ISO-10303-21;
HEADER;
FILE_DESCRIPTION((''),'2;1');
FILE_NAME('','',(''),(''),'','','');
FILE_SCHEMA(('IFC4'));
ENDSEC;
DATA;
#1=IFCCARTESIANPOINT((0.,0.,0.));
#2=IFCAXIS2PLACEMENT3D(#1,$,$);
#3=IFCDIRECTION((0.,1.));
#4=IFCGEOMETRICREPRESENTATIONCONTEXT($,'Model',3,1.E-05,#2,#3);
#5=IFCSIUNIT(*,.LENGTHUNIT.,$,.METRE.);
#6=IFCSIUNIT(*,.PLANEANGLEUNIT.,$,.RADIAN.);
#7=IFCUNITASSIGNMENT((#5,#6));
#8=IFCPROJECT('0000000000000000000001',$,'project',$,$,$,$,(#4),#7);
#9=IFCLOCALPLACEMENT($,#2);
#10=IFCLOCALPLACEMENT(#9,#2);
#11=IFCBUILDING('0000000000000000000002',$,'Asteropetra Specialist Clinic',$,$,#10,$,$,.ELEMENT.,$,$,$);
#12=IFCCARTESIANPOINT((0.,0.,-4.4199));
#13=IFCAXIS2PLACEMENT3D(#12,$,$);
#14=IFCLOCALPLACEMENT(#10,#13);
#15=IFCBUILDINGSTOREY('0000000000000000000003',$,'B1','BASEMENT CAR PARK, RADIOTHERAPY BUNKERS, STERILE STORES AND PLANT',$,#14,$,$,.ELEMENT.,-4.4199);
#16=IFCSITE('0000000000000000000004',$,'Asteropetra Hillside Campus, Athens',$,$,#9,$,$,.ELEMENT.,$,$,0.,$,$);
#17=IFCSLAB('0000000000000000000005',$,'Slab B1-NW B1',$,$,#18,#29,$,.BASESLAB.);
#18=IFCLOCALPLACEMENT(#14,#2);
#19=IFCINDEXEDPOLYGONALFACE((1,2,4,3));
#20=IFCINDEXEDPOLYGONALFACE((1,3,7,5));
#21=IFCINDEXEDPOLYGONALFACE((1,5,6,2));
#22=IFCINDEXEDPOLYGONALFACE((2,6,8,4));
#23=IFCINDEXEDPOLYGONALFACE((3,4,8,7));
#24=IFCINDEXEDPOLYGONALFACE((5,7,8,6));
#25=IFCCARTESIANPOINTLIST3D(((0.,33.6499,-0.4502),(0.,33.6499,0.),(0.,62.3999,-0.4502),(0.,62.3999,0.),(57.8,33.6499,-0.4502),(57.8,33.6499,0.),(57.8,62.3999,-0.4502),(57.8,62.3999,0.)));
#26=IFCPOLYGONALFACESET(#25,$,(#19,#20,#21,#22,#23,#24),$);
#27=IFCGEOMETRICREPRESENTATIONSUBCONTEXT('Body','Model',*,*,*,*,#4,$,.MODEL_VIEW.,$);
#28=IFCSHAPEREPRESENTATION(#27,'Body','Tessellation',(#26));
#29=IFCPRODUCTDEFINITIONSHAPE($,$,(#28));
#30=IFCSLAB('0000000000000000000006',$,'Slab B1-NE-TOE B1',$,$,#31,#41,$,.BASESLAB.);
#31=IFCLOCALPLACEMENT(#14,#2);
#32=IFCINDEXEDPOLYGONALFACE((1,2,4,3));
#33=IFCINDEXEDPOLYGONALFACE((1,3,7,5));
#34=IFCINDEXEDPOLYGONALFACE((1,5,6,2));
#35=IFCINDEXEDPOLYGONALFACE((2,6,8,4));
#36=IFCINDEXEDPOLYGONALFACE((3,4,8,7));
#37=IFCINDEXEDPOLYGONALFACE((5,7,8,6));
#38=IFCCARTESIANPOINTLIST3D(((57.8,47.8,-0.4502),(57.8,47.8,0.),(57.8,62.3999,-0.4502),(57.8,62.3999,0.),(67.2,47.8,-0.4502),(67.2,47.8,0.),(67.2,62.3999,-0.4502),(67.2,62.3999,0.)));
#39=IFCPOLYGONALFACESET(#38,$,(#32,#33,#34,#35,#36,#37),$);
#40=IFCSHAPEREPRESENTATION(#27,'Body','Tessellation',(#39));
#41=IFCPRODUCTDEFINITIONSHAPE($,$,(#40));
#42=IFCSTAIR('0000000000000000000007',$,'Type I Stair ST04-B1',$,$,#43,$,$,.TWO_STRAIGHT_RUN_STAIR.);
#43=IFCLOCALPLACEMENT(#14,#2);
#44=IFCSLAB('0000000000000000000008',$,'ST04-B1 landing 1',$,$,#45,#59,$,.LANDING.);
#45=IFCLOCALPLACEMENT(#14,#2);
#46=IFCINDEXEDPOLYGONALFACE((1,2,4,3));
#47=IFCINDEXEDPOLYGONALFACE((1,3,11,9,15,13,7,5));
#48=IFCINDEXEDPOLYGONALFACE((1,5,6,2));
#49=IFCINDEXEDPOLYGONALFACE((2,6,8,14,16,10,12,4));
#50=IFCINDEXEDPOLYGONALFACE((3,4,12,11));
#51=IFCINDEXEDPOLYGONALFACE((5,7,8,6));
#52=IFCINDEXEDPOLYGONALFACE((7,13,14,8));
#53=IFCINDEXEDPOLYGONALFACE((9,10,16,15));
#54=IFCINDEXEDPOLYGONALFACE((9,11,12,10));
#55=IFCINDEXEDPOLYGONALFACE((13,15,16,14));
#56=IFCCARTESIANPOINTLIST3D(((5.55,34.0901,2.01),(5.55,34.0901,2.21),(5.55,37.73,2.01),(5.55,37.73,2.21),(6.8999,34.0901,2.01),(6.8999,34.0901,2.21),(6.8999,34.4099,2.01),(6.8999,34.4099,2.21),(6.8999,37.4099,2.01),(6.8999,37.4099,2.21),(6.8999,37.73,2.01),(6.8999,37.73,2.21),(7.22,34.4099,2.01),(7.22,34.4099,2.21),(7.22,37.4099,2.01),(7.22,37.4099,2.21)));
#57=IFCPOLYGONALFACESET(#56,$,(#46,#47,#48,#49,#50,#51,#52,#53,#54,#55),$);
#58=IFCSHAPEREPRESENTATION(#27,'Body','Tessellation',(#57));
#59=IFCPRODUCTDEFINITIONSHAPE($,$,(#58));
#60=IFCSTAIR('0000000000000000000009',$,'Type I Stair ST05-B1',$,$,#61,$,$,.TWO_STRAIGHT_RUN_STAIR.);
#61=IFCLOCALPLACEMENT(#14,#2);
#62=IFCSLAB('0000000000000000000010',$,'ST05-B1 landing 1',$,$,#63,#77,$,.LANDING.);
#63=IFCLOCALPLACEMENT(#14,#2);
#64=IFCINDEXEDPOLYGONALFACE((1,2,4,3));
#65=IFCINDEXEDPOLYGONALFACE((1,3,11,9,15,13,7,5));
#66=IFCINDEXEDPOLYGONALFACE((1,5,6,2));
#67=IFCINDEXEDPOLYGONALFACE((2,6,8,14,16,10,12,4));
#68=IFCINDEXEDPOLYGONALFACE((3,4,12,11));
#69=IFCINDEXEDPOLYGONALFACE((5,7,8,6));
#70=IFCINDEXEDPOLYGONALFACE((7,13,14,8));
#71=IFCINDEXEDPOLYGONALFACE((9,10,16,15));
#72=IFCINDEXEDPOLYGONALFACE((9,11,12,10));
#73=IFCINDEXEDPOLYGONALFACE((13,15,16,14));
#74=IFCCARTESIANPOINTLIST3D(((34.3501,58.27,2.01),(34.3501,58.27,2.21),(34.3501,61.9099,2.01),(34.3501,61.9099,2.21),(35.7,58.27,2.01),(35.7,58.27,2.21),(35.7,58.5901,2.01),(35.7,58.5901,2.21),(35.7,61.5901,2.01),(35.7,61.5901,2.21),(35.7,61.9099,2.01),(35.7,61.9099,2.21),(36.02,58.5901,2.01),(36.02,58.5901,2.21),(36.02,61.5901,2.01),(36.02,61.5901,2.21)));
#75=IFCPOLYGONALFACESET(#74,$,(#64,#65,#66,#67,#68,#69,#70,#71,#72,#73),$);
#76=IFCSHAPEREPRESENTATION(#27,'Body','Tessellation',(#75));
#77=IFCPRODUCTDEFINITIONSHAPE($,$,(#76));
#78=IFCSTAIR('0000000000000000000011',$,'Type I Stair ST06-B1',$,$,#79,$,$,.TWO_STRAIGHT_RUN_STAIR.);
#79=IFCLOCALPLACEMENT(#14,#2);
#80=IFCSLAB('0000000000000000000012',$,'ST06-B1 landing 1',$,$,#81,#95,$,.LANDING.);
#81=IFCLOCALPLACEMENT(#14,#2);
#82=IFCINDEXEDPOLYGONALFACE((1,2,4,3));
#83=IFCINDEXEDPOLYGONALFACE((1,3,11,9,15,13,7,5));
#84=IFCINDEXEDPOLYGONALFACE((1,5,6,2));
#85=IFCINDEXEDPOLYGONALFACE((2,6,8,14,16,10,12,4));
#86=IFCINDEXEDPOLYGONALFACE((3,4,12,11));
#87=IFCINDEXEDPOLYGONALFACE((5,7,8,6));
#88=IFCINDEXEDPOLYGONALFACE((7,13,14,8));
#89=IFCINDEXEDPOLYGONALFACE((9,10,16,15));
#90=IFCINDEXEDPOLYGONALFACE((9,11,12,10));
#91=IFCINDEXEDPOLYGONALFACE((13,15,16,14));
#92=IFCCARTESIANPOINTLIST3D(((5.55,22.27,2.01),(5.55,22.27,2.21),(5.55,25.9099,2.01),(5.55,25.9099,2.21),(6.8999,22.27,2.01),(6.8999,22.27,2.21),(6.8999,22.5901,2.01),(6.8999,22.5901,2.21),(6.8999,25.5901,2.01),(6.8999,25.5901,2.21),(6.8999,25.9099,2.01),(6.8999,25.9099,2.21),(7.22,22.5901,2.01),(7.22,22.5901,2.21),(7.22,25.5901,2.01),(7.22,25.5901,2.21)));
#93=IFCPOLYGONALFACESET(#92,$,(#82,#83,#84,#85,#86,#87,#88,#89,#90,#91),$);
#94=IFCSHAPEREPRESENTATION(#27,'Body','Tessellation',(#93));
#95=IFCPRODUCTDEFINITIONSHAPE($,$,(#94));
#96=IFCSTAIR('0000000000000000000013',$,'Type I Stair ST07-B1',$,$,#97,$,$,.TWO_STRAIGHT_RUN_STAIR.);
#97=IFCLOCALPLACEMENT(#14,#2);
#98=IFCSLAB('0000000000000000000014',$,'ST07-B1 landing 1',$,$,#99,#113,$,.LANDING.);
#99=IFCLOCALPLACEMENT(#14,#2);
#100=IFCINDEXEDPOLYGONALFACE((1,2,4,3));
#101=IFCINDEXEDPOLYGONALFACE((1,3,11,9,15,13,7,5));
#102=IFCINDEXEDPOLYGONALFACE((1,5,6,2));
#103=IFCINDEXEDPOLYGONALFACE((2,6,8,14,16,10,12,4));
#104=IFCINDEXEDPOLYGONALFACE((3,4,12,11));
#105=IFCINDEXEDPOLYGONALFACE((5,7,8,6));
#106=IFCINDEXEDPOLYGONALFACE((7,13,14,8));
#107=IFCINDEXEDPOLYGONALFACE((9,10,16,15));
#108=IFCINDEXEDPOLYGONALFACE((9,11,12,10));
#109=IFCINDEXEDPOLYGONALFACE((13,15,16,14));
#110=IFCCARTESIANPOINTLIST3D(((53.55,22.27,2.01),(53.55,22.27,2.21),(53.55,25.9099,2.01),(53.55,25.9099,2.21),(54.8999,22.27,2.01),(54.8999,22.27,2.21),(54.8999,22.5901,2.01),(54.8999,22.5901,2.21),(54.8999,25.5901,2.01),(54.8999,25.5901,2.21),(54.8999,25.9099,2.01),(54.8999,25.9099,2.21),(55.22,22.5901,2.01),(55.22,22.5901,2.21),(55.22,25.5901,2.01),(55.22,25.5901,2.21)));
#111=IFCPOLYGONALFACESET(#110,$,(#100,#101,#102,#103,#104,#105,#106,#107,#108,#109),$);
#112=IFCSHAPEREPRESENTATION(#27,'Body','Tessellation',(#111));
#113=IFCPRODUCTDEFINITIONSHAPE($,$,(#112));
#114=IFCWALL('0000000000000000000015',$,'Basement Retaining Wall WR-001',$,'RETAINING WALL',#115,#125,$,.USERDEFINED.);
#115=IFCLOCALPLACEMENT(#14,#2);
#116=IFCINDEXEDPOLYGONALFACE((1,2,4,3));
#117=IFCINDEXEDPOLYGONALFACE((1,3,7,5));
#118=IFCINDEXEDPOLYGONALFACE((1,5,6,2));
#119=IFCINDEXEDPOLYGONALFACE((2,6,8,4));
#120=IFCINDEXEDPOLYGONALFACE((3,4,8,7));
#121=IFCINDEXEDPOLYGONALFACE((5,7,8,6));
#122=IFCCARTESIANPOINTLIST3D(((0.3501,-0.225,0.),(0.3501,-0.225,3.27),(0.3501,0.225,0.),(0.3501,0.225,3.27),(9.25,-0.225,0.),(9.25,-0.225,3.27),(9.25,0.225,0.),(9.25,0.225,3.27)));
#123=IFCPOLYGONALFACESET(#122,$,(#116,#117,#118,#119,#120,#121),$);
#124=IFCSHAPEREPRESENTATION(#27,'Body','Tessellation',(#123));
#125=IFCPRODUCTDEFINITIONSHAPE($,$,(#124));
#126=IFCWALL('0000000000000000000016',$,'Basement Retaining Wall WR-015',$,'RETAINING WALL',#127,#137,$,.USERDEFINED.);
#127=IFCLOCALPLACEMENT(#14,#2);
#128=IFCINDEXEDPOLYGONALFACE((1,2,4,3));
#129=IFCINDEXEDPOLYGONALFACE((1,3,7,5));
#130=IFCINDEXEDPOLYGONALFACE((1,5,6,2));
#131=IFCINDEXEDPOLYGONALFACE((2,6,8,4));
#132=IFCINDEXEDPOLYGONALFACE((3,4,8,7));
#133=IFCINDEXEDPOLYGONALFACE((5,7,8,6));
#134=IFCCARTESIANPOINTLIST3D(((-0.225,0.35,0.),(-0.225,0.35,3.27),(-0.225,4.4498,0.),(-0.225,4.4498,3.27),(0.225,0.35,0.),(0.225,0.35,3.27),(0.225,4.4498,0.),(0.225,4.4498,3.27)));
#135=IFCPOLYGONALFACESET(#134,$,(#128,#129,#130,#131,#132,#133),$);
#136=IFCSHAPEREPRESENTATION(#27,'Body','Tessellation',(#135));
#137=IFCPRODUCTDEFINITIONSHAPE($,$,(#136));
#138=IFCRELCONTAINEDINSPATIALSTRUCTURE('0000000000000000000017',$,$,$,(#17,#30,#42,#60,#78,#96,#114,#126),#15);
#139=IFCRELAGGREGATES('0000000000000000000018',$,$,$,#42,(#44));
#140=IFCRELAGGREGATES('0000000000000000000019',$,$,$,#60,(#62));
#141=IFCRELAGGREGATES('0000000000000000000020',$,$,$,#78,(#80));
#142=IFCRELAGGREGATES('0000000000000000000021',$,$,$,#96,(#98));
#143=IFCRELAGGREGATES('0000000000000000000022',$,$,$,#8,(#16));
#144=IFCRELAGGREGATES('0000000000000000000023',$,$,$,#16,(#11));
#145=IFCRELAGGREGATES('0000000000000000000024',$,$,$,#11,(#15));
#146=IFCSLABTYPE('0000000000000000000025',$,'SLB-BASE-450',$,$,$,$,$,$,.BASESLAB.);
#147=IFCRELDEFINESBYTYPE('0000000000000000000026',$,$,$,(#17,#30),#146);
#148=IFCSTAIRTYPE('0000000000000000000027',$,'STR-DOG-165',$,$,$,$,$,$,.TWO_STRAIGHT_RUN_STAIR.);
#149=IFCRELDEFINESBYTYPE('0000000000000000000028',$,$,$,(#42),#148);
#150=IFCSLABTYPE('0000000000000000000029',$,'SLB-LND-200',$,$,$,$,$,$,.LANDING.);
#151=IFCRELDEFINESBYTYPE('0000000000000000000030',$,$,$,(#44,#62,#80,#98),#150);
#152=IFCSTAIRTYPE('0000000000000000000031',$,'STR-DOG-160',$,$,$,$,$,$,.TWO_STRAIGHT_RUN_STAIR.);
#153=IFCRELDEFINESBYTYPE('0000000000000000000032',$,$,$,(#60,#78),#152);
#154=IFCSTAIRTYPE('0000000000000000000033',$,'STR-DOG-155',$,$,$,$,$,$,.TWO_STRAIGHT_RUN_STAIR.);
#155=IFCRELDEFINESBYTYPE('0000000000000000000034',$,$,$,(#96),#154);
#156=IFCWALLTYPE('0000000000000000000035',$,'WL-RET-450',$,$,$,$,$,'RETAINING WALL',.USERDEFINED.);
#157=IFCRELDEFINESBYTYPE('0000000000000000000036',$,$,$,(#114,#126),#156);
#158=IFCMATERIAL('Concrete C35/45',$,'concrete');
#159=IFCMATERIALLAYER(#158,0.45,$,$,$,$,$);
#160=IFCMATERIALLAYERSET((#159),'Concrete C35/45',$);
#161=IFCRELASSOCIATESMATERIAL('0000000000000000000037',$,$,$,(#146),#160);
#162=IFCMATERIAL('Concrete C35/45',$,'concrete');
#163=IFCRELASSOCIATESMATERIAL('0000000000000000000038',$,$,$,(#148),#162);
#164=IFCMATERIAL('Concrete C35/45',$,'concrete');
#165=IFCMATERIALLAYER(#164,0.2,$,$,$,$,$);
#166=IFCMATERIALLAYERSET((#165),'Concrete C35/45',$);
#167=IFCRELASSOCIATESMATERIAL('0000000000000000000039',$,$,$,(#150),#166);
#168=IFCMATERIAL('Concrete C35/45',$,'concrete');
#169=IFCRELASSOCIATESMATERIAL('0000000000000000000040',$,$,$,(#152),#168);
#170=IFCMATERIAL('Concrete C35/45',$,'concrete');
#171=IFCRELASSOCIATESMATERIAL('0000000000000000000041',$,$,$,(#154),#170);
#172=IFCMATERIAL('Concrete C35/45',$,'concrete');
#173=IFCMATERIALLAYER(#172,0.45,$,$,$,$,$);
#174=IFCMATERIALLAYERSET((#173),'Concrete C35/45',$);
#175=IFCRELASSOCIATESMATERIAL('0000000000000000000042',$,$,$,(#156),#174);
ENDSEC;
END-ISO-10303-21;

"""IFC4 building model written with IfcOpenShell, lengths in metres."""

from ifc_helpers import new_model, si_unit, direction, frame, frame_2d, origin, place, context, subcontext, project, spatial, polyline, rectangle, outline, extrude, material, layer, layer_set, type_object, element, aggregate, save


model = new_model("IFC4")

# Units and contexts
model_context = context("Model", 3, precision=1e-05, world=origin(), true_north=direction((0.0, 1.0)))
body_context = subcontext(model_context, "Body", "Model", "MODEL_VIEW")
ifc_project = project(units=[si_unit("LENGTHUNIT", "METRE"), si_unit("PLANEANGLEUNIT", "RADIAN")], contexts=[model_context])

# Site, building, storey
site_placement = place(None, origin())
site = spatial("IfcSite", under=ifc_project, at=site_placement, Name="Asteropetra Hillside Campus, Athens", CompositionType="ELEMENT", RefElevation=0.0)
building_placement = place(site_placement, origin())
building = spatial("IfcBuilding", under=site, at=building_placement, Name="Asteropetra Specialist Clinic", CompositionType="ELEMENT")
storey_placement = place(building_placement, frame((0.0, 0.0, -4.4199)))
storey = spatial("IfcBuildingStorey", under=building, at=storey_placement, Name="B1", Description="BASEMENT CAR PARK, RADIOTHERAPY BUNKERS, STERILE STORES AND PLANT", CompositionType="ELEMENT", Elevation=-4.4199)

# Slabs
ifc_material_1 = material(Name="Concrete C35/45", Category="concrete")
ifc_layer_1 = layer(ifc_material_1, 0.45)
ifc_layer_set_1 = layer_set([ifc_layer_1], Name="Concrete C35/45")
slab_type_1 = type_object("IfcSlabType", Name="SLB-BASE-450", PredefinedType="BASESLAB", material=ifc_layer_set_1)
slab_1_placement = place(storey_placement, frame((0.0, 0.0, -0.4502)))
element("IfcSlab", 1, at=slab_1_placement, inside=storey, type_object=slab_type_1, Name="Slab B1-NW B1", PredefinedType="BASESLAB", context=body_context, shape_type="SweptSolid", body=[
    extrude(outline(polyline([(0.0, 33.6499), (57.8, 33.6499), (57.8, 62.3999), (0.0, 62.3999), (0.0, 33.6499)])), origin(), (0.0, 0.0, 1.0), 0.4502),
])
slab_2_placement = place(storey_placement, frame((0.0, 0.0, -0.4502)))
element("IfcSlab", 2, at=slab_2_placement, inside=storey, type_object=slab_type_1, Name="Slab B1-NE-TOE B1", PredefinedType="BASESLAB", context=body_context, shape_type="SweptSolid", body=[
    extrude(outline(polyline([(57.8, 47.8), (67.2, 47.8), (67.2, 62.3999), (57.8, 62.3999), (57.8, 47.8)])), origin(), (0.0, 0.0, 1.0), 0.4502),
])

# Stairs, slabs
ifc_material_2 = material(Name="Concrete C35/45", Category="concrete")
stair_type_1 = type_object("IfcStairType", Name="STR-DOG-165", PredefinedType="TWO_STRAIGHT_RUN_STAIR", material=ifc_material_2)
stair_1_placement = place(storey_placement, origin())
stair_1 = element("IfcStair", 3, at=stair_1_placement, inside=storey, type_object=stair_type_1, Name="Type I Stair ST04-B1", PredefinedType="TWO_STRAIGHT_RUN_STAIR")
ifc_material_3 = material(Name="Concrete C35/45", Category="concrete")
ifc_layer_2 = layer(ifc_material_3, 0.2)
ifc_layer_set_2 = layer_set([ifc_layer_2], Name="Concrete C35/45")
slab_type_2 = type_object("IfcSlabType", Name="SLB-LND-200", PredefinedType="LANDING", material=ifc_layer_set_2)
slab_3_placement = place(storey_placement, frame((0.0, 0.0, 2.01)))
slab_3 = element("IfcSlab", 4, at=slab_3_placement, type_object=slab_type_2, Name="ST04-B1 landing 1", PredefinedType="LANDING", context=body_context, shape_type="SweptSolid", body=[
    extrude(outline(polyline([(5.55, 34.0901), (6.8999, 34.0901), (6.8999, 34.4099), (7.22, 34.4099), (7.22, 37.4099), (6.8999, 37.4099), (6.8999, 37.73), (5.55, 37.73), (5.55, 34.0901)])), origin(), (0.0, 0.0, 1.0), 0.2),
])
aggregate(stair_1, [slab_3])
ifc_material_4 = material(Name="Concrete C35/45", Category="concrete")
stair_type_2 = type_object("IfcStairType", Name="STR-DOG-160", PredefinedType="TWO_STRAIGHT_RUN_STAIR", material=ifc_material_4)
stair_2_placement = place(storey_placement, origin())
stair_2 = element("IfcStair", 5, at=stair_2_placement, inside=storey, type_object=stair_type_2, Name="Type I Stair ST05-B1", PredefinedType="TWO_STRAIGHT_RUN_STAIR")
slab_4_placement = place(storey_placement, frame((0.0, 0.0, 2.01)))
slab_4 = element("IfcSlab", 6, at=slab_4_placement, type_object=slab_type_2, Name="ST05-B1 landing 1", PredefinedType="LANDING", context=body_context, shape_type="SweptSolid", body=[
    extrude(outline(polyline([(34.3501, 58.27), (35.7, 58.27), (35.7, 58.5901), (36.02, 58.5901), (36.02, 61.5901), (35.7, 61.5901), (35.7, 61.9099), (34.3501, 61.9099), (34.3501, 58.27)])), origin(), (0.0, 0.0, 1.0), 0.2),
])
aggregate(stair_2, [slab_4])
stair_3_placement = place(storey_placement, origin())
stair_3 = element("IfcStair", 7, at=stair_3_placement, inside=storey, type_object=stair_type_2, Name="Type I Stair ST06-B1", PredefinedType="TWO_STRAIGHT_RUN_STAIR")
slab_5_placement = place(storey_placement, frame((0.0, 0.0, 2.01)))
slab_5 = element("IfcSlab", 8, at=slab_5_placement, type_object=slab_type_2, Name="ST06-B1 landing 1", PredefinedType="LANDING", context=body_context, shape_type="SweptSolid", body=[
    extrude(outline(polyline([(5.55, 22.27), (6.8999, 22.27), (6.8999, 22.5901), (7.22, 22.5901), (7.22, 25.5901), (6.8999, 25.5901), (6.8999, 25.9099), (5.55, 25.9099), (5.55, 22.27)])), origin(), (0.0, 0.0, 1.0), 0.2),
])
aggregate(stair_3, [slab_5])
ifc_material_5 = material(Name="Concrete C35/45", Category="concrete")
stair_type_3 = type_object("IfcStairType", Name="STR-DOG-155", PredefinedType="TWO_STRAIGHT_RUN_STAIR", material=ifc_material_5)
stair_4_placement = place(storey_placement, origin())
stair_4 = element("IfcStair", 9, at=stair_4_placement, inside=storey, type_object=stair_type_3, Name="Type I Stair ST07-B1", PredefinedType="TWO_STRAIGHT_RUN_STAIR")
slab_6_placement = place(storey_placement, frame((0.0, 0.0, 2.01)))
slab_6 = element("IfcSlab", 10, at=slab_6_placement, type_object=slab_type_2, Name="ST07-B1 landing 1", PredefinedType="LANDING", context=body_context, shape_type="SweptSolid", body=[
    extrude(outline(polyline([(53.55, 22.27), (54.8999, 22.27), (54.8999, 22.5901), (55.22, 22.5901), (55.22, 25.5901), (54.8999, 25.5901), (54.8999, 25.9099), (53.55, 25.9099), (53.55, 22.27)])), origin(), (0.0, 0.0, 1.0), 0.2),
])
aggregate(stair_4, [slab_6])

# Walls
ifc_material_6 = material(Name="Concrete C35/45", Category="concrete")
ifc_layer_3 = layer(ifc_material_6, 0.45)
ifc_layer_set_3 = layer_set([ifc_layer_3], Name="Concrete C35/45")
wall_type = type_object("IfcWallType", Name="WL-RET-450", ElementType="RETAINING WALL", PredefinedType="USERDEFINED", material=ifc_layer_set_3)
wall_1_placement = place(storey_placement, frame((0.3501, 0.0, 0.0), z_axis=(0.0, 0.0, 1.0), x_axis=(1.0, 0.0, 0.0)))
element("IfcWall", 11, at=wall_1_placement, inside=storey, type_object=wall_type, Name="Basement Retaining Wall WR-001", ObjectType="RETAINING WALL", PredefinedType="USERDEFINED", context=body_context, shape_type="SweptSolid", body=[
    extrude(rectangle(XDim=8.8999, YDim=0.45, at=frame_2d((4.45, 0.0))), origin(), (0.0, 0.0, 1.0), 3.27),
])
wall_2_placement = place(storey_placement, frame((0.0, 0.3501, 0.0), z_axis=(0.0, 0.0, 1.0), x_axis=(0.0, 1.0, 0.0)))
element("IfcWall", 12, at=wall_2_placement, inside=storey, type_object=wall_type, Name="Basement Retaining Wall WR-015", ObjectType="RETAINING WALL", PredefinedType="USERDEFINED", context=body_context, shape_type="SweptSolid", body=[
    extrude(rectangle(XDim=4.0999, YDim=0.45, at=frame_2d((2.0498, 0.0))), origin(), (0.0, 0.0, 1.0), 3.27),
])

save(model, "model.ifc")
